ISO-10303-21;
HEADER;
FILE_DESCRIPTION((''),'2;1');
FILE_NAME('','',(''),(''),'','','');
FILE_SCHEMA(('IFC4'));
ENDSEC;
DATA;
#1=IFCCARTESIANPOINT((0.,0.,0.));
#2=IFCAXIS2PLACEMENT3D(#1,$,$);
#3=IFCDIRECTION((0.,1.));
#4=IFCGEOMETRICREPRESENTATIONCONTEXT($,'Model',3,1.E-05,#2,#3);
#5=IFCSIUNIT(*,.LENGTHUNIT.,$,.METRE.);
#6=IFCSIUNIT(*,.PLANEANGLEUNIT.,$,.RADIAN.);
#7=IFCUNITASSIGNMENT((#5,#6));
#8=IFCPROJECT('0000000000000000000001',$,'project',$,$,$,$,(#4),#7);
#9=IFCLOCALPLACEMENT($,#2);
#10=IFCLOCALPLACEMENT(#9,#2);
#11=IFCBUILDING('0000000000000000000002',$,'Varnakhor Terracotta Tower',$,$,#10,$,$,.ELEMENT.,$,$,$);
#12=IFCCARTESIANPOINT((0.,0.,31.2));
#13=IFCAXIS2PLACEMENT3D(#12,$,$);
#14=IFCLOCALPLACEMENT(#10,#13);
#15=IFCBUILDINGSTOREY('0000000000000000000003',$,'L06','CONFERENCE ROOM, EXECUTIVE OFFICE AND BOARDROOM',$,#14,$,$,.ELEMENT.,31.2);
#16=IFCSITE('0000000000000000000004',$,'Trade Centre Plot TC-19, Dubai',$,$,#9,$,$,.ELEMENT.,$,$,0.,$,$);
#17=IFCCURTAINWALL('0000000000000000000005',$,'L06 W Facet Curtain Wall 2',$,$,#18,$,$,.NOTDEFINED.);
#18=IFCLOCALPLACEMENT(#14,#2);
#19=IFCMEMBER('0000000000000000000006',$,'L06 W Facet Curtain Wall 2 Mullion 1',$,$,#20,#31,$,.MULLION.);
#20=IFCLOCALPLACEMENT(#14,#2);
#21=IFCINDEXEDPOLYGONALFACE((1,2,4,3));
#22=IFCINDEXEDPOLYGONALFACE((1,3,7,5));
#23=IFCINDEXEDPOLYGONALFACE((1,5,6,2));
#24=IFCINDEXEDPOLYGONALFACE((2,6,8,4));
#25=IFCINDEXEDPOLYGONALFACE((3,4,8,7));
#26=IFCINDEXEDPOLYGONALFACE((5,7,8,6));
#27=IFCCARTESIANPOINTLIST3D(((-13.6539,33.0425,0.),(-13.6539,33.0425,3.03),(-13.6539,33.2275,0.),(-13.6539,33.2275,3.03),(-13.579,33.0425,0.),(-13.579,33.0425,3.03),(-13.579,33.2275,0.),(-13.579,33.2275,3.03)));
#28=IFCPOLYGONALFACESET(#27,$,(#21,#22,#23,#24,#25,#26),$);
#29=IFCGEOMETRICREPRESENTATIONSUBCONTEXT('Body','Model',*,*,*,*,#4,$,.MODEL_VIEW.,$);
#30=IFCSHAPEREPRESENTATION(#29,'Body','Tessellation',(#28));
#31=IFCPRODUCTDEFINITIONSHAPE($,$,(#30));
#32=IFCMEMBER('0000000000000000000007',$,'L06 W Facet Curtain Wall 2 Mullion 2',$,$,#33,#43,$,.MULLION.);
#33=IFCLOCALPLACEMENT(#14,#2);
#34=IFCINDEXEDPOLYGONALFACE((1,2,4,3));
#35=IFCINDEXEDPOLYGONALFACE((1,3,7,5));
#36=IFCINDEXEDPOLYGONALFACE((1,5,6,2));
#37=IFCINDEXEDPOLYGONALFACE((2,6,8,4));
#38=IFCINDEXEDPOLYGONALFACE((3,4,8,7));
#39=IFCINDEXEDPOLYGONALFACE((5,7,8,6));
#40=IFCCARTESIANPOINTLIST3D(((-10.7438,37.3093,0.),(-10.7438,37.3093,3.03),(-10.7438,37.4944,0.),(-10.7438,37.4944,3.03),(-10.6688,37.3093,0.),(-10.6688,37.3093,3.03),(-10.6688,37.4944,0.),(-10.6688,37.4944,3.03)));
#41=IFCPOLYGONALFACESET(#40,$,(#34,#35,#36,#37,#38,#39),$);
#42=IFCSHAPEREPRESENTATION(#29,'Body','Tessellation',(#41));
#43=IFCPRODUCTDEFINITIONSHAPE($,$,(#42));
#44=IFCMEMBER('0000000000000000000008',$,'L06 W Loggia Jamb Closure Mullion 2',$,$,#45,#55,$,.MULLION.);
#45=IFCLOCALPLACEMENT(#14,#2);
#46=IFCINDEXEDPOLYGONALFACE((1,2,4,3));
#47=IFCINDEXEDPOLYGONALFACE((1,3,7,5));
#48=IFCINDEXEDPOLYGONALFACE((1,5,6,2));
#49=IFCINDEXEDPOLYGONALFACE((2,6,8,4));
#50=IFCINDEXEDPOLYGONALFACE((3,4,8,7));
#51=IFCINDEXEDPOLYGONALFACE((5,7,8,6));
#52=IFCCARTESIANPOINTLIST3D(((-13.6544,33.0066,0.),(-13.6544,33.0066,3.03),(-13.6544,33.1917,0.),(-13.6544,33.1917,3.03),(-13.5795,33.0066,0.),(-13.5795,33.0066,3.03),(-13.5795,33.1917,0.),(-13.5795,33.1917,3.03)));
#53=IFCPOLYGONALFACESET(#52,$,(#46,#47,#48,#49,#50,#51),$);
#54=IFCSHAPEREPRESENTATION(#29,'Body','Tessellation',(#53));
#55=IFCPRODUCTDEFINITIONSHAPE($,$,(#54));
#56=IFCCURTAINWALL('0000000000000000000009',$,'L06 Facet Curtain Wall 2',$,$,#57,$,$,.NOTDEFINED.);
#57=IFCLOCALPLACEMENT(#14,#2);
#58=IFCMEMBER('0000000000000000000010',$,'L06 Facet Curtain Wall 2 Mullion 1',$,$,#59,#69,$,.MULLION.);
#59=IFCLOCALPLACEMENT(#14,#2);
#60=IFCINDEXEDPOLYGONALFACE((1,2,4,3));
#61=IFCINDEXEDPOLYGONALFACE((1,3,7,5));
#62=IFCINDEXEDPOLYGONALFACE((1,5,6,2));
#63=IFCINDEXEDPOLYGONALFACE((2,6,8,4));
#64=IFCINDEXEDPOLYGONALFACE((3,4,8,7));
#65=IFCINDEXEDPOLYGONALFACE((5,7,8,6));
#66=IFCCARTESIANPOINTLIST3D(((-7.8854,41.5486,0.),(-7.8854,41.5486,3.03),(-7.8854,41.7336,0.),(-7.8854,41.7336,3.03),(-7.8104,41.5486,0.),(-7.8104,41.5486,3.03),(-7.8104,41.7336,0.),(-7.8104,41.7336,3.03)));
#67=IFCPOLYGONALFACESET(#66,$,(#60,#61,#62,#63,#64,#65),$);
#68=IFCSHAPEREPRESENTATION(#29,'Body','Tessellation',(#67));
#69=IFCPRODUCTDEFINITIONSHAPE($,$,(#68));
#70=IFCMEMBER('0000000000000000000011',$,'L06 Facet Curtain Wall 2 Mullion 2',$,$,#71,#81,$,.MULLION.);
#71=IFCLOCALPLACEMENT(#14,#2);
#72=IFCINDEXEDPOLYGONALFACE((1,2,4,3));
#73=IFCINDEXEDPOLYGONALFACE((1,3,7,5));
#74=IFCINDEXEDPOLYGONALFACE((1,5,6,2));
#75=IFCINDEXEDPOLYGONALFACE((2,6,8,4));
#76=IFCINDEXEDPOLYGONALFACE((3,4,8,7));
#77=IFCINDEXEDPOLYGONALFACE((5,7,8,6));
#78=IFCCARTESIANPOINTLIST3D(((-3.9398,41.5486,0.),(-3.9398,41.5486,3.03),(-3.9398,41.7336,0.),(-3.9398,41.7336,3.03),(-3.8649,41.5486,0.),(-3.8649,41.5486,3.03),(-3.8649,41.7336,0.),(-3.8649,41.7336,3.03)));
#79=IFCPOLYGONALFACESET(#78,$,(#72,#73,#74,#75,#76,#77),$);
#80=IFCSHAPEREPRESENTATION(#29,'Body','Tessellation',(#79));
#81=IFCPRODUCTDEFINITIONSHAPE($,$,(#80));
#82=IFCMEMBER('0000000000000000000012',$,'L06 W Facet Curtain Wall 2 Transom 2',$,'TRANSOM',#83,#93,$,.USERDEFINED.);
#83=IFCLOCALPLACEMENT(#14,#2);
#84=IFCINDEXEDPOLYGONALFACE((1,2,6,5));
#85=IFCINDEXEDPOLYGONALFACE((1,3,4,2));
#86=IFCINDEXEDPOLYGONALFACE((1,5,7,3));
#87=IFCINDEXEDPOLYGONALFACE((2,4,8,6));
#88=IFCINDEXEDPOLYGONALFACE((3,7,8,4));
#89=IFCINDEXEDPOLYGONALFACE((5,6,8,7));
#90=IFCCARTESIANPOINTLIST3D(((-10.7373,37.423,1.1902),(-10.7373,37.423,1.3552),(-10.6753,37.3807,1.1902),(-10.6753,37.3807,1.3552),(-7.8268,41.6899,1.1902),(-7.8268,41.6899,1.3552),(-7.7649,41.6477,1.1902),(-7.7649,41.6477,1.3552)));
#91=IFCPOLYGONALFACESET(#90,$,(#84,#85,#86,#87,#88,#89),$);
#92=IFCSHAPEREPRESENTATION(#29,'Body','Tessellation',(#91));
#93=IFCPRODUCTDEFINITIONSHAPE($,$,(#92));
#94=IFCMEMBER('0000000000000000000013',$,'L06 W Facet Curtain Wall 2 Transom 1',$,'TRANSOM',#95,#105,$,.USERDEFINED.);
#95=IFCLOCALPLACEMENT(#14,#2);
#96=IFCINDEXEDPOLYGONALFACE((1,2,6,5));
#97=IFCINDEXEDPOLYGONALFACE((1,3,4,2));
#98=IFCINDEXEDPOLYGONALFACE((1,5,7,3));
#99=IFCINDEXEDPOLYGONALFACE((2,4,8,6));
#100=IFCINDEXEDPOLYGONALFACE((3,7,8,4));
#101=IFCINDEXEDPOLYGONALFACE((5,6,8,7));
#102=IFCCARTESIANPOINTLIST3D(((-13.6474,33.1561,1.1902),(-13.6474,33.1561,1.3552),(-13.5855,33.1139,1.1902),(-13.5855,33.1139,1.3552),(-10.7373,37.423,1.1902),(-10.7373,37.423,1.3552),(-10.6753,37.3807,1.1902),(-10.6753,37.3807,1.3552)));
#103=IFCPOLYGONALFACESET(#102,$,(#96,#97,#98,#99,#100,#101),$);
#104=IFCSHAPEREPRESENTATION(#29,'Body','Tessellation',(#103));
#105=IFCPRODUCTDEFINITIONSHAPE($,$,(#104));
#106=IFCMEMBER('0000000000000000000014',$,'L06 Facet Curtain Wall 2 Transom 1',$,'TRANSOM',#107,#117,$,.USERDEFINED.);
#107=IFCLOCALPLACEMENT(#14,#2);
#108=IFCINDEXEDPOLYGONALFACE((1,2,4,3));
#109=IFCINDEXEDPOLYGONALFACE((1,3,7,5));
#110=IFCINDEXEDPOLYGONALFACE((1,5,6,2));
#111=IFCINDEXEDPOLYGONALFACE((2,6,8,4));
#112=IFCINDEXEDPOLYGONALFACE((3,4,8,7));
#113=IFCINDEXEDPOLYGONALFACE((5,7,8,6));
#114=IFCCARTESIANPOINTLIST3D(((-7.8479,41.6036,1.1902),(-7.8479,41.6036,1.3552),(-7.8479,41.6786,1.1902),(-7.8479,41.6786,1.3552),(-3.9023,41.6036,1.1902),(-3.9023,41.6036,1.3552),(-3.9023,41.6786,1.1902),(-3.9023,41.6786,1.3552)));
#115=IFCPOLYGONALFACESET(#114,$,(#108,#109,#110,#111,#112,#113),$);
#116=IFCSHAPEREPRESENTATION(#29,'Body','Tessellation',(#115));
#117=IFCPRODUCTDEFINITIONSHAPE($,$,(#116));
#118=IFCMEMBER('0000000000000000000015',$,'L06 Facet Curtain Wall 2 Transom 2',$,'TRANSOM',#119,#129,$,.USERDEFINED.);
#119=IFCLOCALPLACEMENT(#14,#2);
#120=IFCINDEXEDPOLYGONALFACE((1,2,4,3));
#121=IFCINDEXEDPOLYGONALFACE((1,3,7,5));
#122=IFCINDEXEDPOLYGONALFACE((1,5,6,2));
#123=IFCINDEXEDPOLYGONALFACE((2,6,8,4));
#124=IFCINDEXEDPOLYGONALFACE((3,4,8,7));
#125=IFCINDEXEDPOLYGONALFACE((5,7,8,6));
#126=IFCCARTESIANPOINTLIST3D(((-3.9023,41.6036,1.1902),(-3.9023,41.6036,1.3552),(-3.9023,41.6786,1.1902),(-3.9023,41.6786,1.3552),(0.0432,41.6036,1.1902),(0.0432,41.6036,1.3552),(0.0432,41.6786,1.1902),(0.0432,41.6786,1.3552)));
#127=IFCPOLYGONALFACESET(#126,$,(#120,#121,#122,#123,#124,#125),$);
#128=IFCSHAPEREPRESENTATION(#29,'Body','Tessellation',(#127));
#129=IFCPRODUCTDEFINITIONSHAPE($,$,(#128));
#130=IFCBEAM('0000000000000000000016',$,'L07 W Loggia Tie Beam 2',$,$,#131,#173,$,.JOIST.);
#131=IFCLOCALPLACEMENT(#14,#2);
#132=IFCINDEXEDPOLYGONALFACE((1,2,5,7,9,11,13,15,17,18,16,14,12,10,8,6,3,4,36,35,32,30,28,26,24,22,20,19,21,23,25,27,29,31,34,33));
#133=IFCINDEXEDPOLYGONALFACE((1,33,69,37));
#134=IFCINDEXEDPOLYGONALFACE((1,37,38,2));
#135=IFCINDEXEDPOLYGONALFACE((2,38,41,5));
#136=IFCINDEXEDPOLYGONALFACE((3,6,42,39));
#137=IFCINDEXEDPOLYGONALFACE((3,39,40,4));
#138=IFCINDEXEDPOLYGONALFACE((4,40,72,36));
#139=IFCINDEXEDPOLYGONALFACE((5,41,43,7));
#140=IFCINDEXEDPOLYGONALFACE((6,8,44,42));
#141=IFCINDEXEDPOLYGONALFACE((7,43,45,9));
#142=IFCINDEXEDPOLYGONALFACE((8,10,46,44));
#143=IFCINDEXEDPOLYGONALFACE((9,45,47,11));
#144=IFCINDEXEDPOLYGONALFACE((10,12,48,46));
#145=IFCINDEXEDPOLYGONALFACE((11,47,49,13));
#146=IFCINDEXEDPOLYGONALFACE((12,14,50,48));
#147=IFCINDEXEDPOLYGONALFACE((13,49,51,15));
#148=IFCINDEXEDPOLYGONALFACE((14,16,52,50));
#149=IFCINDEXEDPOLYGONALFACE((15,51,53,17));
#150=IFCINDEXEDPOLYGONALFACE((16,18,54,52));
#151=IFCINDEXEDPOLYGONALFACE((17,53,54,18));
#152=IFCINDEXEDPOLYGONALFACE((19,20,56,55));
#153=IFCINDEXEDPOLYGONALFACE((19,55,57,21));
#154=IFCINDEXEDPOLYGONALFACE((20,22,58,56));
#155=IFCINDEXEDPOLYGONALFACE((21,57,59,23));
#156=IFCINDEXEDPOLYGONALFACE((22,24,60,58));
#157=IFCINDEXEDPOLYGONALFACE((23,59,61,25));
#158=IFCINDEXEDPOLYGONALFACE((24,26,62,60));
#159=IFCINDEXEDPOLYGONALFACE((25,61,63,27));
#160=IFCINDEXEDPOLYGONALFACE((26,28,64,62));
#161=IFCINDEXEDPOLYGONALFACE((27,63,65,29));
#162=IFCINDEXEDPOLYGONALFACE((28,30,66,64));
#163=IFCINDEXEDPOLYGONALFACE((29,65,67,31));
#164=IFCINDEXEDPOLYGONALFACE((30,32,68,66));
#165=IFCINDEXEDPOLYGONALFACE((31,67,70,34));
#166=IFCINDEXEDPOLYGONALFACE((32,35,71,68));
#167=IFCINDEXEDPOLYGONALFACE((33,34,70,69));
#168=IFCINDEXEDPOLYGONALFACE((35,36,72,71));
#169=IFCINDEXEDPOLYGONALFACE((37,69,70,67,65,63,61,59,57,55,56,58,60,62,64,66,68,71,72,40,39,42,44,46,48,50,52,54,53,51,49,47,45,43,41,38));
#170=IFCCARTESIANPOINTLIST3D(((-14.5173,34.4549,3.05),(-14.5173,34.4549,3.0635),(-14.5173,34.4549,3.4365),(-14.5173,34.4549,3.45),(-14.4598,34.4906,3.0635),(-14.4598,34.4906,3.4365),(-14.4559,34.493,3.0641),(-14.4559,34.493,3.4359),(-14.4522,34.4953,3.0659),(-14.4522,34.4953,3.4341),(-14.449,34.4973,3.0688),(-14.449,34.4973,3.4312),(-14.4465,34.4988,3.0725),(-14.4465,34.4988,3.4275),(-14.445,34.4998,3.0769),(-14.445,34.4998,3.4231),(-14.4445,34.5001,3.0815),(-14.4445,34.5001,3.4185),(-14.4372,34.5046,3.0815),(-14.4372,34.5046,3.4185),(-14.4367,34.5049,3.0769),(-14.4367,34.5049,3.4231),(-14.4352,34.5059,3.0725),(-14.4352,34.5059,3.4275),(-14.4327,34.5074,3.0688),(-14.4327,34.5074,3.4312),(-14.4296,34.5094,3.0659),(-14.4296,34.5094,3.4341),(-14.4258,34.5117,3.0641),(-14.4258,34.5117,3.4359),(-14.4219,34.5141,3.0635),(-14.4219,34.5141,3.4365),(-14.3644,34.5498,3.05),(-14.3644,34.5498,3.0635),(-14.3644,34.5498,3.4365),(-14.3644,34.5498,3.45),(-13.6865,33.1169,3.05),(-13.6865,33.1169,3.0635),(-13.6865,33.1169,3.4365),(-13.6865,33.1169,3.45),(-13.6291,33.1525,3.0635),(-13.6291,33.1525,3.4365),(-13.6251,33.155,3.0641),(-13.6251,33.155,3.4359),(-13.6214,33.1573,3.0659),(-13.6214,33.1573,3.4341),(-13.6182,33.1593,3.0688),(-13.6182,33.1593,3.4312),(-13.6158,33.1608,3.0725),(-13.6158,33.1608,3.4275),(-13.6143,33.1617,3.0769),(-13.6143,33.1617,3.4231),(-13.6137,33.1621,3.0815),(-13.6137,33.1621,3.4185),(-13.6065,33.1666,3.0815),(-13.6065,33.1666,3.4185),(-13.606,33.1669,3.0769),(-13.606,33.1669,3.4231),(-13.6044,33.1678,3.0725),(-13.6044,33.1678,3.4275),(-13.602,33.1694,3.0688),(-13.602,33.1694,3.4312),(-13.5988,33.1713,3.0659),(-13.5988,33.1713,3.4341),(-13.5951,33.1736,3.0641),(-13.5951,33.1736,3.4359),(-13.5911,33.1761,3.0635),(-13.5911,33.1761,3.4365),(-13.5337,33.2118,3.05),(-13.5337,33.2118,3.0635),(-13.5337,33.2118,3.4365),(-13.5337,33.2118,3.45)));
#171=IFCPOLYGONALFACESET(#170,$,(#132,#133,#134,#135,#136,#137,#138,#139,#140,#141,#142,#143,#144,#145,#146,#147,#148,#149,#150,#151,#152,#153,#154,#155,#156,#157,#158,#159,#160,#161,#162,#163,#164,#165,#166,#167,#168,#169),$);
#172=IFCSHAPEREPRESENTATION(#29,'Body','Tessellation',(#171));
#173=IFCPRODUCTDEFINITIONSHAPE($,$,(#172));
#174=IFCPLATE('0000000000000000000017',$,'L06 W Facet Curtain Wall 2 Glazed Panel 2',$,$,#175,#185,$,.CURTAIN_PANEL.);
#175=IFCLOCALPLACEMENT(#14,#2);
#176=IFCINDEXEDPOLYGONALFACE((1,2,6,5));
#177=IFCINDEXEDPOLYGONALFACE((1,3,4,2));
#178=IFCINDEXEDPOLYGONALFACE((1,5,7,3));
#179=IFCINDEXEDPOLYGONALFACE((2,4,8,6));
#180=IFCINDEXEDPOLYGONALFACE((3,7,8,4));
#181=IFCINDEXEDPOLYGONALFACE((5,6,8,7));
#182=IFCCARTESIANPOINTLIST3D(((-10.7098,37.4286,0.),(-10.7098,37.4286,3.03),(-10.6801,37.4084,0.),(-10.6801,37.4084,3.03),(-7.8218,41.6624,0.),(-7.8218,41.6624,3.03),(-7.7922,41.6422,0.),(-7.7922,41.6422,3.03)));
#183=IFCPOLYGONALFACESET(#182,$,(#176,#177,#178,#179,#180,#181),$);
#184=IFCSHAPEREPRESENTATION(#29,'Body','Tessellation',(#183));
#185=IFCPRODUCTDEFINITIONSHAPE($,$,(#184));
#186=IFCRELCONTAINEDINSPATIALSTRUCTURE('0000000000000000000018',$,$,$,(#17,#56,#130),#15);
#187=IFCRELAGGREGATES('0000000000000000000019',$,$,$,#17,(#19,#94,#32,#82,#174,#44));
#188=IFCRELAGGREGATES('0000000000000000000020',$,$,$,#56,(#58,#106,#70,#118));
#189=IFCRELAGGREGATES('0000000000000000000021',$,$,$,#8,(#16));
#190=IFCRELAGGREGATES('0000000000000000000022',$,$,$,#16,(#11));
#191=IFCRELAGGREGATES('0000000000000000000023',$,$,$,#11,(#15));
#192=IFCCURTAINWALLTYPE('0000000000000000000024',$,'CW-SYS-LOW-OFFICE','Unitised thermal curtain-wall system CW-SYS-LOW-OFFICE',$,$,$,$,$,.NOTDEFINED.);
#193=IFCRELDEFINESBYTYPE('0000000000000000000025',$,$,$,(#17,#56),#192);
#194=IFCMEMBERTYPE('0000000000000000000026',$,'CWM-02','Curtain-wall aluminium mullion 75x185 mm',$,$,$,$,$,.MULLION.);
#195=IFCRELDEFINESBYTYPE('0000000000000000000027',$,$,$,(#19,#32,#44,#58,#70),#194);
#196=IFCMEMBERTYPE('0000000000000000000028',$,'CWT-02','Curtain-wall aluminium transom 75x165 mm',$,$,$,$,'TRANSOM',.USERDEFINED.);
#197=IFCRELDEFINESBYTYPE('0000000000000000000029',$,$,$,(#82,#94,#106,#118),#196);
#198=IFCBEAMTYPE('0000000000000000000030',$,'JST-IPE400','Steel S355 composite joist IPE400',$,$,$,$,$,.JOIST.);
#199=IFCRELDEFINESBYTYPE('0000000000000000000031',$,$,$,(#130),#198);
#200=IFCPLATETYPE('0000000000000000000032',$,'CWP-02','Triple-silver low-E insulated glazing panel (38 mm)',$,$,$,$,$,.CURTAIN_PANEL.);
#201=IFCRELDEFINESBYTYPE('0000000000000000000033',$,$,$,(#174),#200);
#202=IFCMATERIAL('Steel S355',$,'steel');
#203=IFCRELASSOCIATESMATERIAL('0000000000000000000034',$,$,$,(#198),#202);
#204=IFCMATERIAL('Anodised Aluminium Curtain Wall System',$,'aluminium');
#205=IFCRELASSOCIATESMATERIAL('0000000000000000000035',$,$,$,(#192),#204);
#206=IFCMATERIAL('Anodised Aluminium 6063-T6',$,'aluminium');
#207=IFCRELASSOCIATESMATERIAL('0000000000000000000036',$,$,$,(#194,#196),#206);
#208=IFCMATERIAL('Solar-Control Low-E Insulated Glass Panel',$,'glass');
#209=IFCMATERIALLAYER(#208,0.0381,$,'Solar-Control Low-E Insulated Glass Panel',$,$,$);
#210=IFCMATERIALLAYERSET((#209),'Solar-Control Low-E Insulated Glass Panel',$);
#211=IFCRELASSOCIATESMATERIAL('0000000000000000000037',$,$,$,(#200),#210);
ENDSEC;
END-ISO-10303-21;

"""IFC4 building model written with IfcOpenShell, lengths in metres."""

from ifc_helpers import new_model, si_unit, direction, frame, origin, origin_2d, place, context, subcontext, project, spatial, rectangle, i_section, extrude, source, transform, mapped, material, layer, layer_set, material_profile, profile_set, type_object, type_shapes, element, aggregate, save


model = new_model("IFC4")

# Units and contexts
model_context = context("Model", 3, precision=1e-05, world=origin(), true_north=direction((0.0, 1.0)))
body_context = subcontext(model_context, "Body", "Model", "MODEL_VIEW")
ifc_project = project(units=[si_unit("LENGTHUNIT", "METRE"), si_unit("PLANEANGLEUNIT", "RADIAN")], contexts=[model_context])

# Site, building, storey
site_placement = place(None, origin())
site = spatial("IfcSite", under=ifc_project, at=site_placement, Name="Trade Centre Plot TC-19, Dubai", CompositionType="ELEMENT", RefElevation=0.0)
building_placement = place(site_placement, origin())
building = spatial("IfcBuilding", under=site, at=building_placement, Name="Varnakhor Terracotta Tower", CompositionType="ELEMENT")
storey_placement = place(building_placement, frame((0.0, 0.0, 31.2)))
storey = spatial("IfcBuildingStorey", under=building, at=storey_placement, Name="L06", Description="CONFERENCE ROOM, EXECUTIVE OFFICE AND BOARDROOM", CompositionType="ELEMENT", Elevation=31.2)

# Shared definitions
ifc_material_1 = material(Name="Steel S355", Category="steel")
ifc_material_profile_1 = material_profile(ifc_material_1, i_section(OverallWidth=0.1799, OverallDepth=0.3999, WebThickness=0.0085, FlangeThickness=0.0134, FilletRadius=0.0181, at=origin_2d()), Name="IPE400")
ifc_profile_set_1 = profile_set([ifc_material_profile_1], Name="Steel S355")
beam_type_1 = type_object("IfcBeamType", Name="JST-IPE400", Description="Steel S355 composite joist IPE400", PredefinedType="JOIST", material=ifc_profile_set_1)

# Curtain walls, members
ifc_material_2 = material(Name="Anodised Aluminium Curtain Wall System", Category="aluminium")
curtain_wall_type = type_object("IfcCurtainWallType", Name="CW-SYS-LOW-OFFICE", Description="Unitised thermal curtain-wall system CW-SYS-LOW-OFFICE", PredefinedType="NOTDEFINED", material=ifc_material_2)
curtain_wall_1_placement = place(storey_placement, origin())
curtain_wall_1 = element("IfcCurtainWall", 1, at=curtain_wall_1_placement, inside=storey, type_object=curtain_wall_type, Name="L06 W Facet Curtain Wall 2", PredefinedType="NOTDEFINED")
ifc_material_3 = material(Name="Anodised Aluminium 6063-T6", Category="aluminium")
ifc_material_profile_2 = material_profile(ifc_material_3, rectangle(XDim=0.075, YDim=0.1851, at=origin_2d()), Name="ALU MULLION 75x185")
ifc_profile_set_2 = profile_set([ifc_material_profile_2], Name="Anodised Aluminium 6063-T6")
member_type_1 = type_object("IfcMemberType", Name="CWM-02", Description="Curtain-wall aluminium mullion 75x185 mm", PredefinedType="MULLION", material=ifc_profile_set_2)
shared_shape_1 = source(origin(), body_context, "Body", "SweptSolid", [
    extrude(rectangle(XDim=0.075, YDim=0.1851, at=origin_2d()), origin(), (0.0, 0.0, 1.0), 3.03),
])
type_shapes(member_type_1, [shared_shape_1])
member_1_placement = place(storey_placement, frame((-13.6165, 33.135, 0.0), z_axis=(0.0, 0.0, 1.0), x_axis=(1.0, 0.0, 0.0)))
member_1 = element("IfcMember", 2, at=member_1_placement, type_object=member_type_1, Name="L06 W Facet Curtain Wall 2 Mullion 1", PredefinedType="MULLION", context=body_context, shape_type="MappedRepresentation", body=[
    mapped(shared_shape_1, transform((0.0, 0.0, 0.0), scale=1.0)),
])
member_2_placement = place(storey_placement, frame((-10.7063, 37.4019, 0.0), z_axis=(0.0, 0.0, 1.0), x_axis=(1.0, 0.0, 0.0)))
member_2 = element("IfcMember", 3, at=member_2_placement, type_object=member_type_1, Name="L06 W Facet Curtain Wall 2 Mullion 2", PredefinedType="MULLION", context=body_context, shape_type="MappedRepresentation", body=[
    mapped(shared_shape_1, transform((0.0, 0.0, 0.0), scale=1.0)),
])
member_3_placement = place(storey_placement, frame((-13.6169, 33.0991, 0.0), z_axis=(0.0, 0.0, 1.0), x_axis=(1.0, 0.0, 0.0)))
member_3 = element("IfcMember", 4, at=member_3_placement, type_object=member_type_1, Name="L06 W Loggia Jamb Closure Mullion 2", PredefinedType="MULLION", context=body_context, shape_type="MappedRepresentation", body=[
    mapped(shared_shape_1, transform((0.0, 0.0, 0.0), scale=1.0)),
])
curtain_wall_2_placement = place(storey_placement, origin())
curtain_wall_2 = element("IfcCurtainWall", 5, at=curtain_wall_2_placement, inside=storey, type_object=curtain_wall_type, Name="L06 Facet Curtain Wall 2", PredefinedType="NOTDEFINED")
member_4_placement = place(storey_placement, frame((-7.8479, 41.6411, 0.0), z_axis=(0.0, 0.0, 1.0), x_axis=(1.0, 0.0, 0.0)))
member_4 = element("IfcMember", 6, at=member_4_placement, type_object=member_type_1, Name="L06 Facet Curtain Wall 2 Mullion 1", PredefinedType="MULLION", context=body_context, shape_type="MappedRepresentation", body=[
    mapped(shared_shape_1, transform((0.0, 0.0, 0.0), scale=1.0)),
])
member_5_placement = place(storey_placement, frame((-3.9023, 41.6411, 0.0), z_axis=(0.0, 0.0, 1.0), x_axis=(1.0, 0.0, 0.0)))
member_5 = element("IfcMember", 7, at=member_5_placement, type_object=member_type_1, Name="L06 Facet Curtain Wall 2 Mullion 2", PredefinedType="MULLION", context=body_context, shape_type="MappedRepresentation", body=[
    mapped(shared_shape_1, transform((0.0, 0.0, 0.0), scale=1.0)),
])

# Members
ifc_material_profile_3 = material_profile(ifc_material_3, rectangle(XDim=0.075, YDim=0.165, at=origin_2d()), Name="ALU TRANSOM 75x165")
ifc_profile_set_3 = profile_set([ifc_material_profile_3], Name="Anodised Aluminium 6063-T6")
member_type_2 = type_object("IfcMemberType", Name="CWT-02", Description="Curtain-wall aluminium transom 75x165 mm", ElementType="TRANSOM", PredefinedType="USERDEFINED", material=ifc_profile_set_3)
shared_shape_2 = source(origin(), body_context, "Body", "SweptSolid", [
    extrude(rectangle(XDim=0.075, YDim=0.165, at=origin_2d()), origin(), (0.0, 0.0, 1.0), 5.165),
])
member_6_placement = place(storey_placement, frame((-10.7063, 37.4019, 1.2727), z_axis=(0.563494, 0.82612, 0.0), x_axis=(-0.82612, 0.563494, 0.0)))
member_6 = element("IfcMember", 8, at=member_6_placement, type_object=member_type_2, Name="L06 W Facet Curtain Wall 2 Transom 2", ObjectType="TRANSOM", PredefinedType="USERDEFINED", context=body_context, shape_type="MappedRepresentation", body=[
    mapped(shared_shape_2, transform((0.0, 0.0, 0.0), scale=1.0)),
])
shared_shape_3 = source(origin(), body_context, "Body", "SweptSolid", [
    extrude(rectangle(XDim=0.075, YDim=0.165, at=origin_2d()), origin(), (0.0, 0.0, 1.0), 5.1648),
])
member_7_placement = place(storey_placement, frame((-13.6165, 33.135, 1.2727), z_axis=(0.563461, 0.826142, 0.0), x_axis=(-0.826142, 0.563461, 0.0)))
member_7 = element("IfcMember", 9, at=member_7_placement, type_object=member_type_2, Name="L06 W Facet Curtain Wall 2 Transom 1", ObjectType="TRANSOM", PredefinedType="USERDEFINED", context=body_context, shape_type="MappedRepresentation", body=[
    mapped(shared_shape_3, transform((0.0, 0.0, 0.0), scale=1.0)),
])
shared_shape_4 = source(origin(), body_context, "Body", "SweptSolid", [
    extrude(rectangle(XDim=0.075, YDim=0.165, at=origin_2d()), origin(), (0.0, 0.0, 1.0), 3.9456),
])
member_8_placement = place(storey_placement, frame((-7.8479, 41.6411, 1.2727), z_axis=(1.0, 0.0, 0.0), x_axis=(0.0, 1.0, 0.0)))
member_8 = element("IfcMember", 10, at=member_8_placement, type_object=member_type_2, Name="L06 Facet Curtain Wall 2 Transom 1", ObjectType="TRANSOM", PredefinedType="USERDEFINED", context=body_context, shape_type="MappedRepresentation", body=[
    mapped(shared_shape_4, transform((0.0, 0.0, 0.0), scale=1.0)),
])
member_9_placement = place(storey_placement, frame((-3.9023, 41.6411, 1.2727), z_axis=(1.0, 0.0, 0.0), x_axis=(0.0, 1.0, 0.0)))
member_9 = element("IfcMember", 11, at=member_9_placement, type_object=member_type_2, Name="L06 Facet Curtain Wall 2 Transom 2", ObjectType="TRANSOM", PredefinedType="USERDEFINED", context=body_context, shape_type="MappedRepresentation", body=[
    mapped(shared_shape_4, transform((0.0, 0.0, 0.0), scale=1.0)),
])

# Beam
shared_shape_5 = source(origin(), body_context, "Body", "SweptSolid", [
    extrude(i_section(OverallWidth=0.1799, OverallDepth=0.3999, WebThickness=0.0085, FlangeThickness=0.0134, FilletRadius=0.0181, at=origin_2d()), origin(), (0.0, 0.0, 1.0), 1.575),
])
beam_1_placement = place(storey_placement, frame((-13.6101, 33.1643, 3.25), z_axis=(-0.527475, 0.849571, 0.0), x_axis=(-0.849571, -0.527475, 0.0)))
element("IfcBeam", 12, at=beam_1_placement, inside=storey, type_object=beam_type_1, Name="L07 W Loggia Tie Beam 2", PredefinedType="JOIST", context=body_context, shape_type="MappedRepresentation", body=[
    mapped(shared_shape_5, transform((0.0, 0.0, 0.0), scale=1.0)),
])

# Plate
ifc_material_4 = material(Name="Solar-Control Low-E Insulated Glass Panel", Category="glass")
ifc_layer_1 = layer(ifc_material_4, 0.0381, Name="Solar-Control Low-E Insulated Glass Panel")
ifc_layer_set_1 = layer_set([ifc_layer_1], Name="Solar-Control Low-E Insulated Glass Panel")
plate_type = type_object("IfcPlateType", Name="CWP-02", Description="Triple-silver low-E insulated glazing panel (38 mm)", PredefinedType="CURTAIN_PANEL", material=ifc_layer_set_1)
shared_shape_6 = source(origin(), body_context, "Body", "SweptSolid", [
    extrude(rectangle(XDim=5.125, YDim=0.0359, at=origin_2d()), origin(), (0.0, 0.0, 1.0), 3.03),
])
plate_1_placement = place(storey_placement, frame((-9.251, 39.5354, 0.0), z_axis=(0.0, 0.0, 1.0), x_axis=(0.563497, 0.826118, 0.0)))
plate_1 = element("IfcPlate", 13, at=plate_1_placement, type_object=plate_type, Name="L06 W Facet Curtain Wall 2 Glazed Panel 2", PredefinedType="CURTAIN_PANEL", context=body_context, shape_type="MappedRepresentation", body=[
    mapped(shared_shape_6, transform((0.0, 0.0, 0.0), scale=1.0)),
])
aggregate(curtain_wall_1, [member_1, member_7, member_2, member_6, plate_1, member_3])
aggregate(curtain_wall_2, [member_4, member_8, member_5, member_9])

save(model, "model.ifc")
